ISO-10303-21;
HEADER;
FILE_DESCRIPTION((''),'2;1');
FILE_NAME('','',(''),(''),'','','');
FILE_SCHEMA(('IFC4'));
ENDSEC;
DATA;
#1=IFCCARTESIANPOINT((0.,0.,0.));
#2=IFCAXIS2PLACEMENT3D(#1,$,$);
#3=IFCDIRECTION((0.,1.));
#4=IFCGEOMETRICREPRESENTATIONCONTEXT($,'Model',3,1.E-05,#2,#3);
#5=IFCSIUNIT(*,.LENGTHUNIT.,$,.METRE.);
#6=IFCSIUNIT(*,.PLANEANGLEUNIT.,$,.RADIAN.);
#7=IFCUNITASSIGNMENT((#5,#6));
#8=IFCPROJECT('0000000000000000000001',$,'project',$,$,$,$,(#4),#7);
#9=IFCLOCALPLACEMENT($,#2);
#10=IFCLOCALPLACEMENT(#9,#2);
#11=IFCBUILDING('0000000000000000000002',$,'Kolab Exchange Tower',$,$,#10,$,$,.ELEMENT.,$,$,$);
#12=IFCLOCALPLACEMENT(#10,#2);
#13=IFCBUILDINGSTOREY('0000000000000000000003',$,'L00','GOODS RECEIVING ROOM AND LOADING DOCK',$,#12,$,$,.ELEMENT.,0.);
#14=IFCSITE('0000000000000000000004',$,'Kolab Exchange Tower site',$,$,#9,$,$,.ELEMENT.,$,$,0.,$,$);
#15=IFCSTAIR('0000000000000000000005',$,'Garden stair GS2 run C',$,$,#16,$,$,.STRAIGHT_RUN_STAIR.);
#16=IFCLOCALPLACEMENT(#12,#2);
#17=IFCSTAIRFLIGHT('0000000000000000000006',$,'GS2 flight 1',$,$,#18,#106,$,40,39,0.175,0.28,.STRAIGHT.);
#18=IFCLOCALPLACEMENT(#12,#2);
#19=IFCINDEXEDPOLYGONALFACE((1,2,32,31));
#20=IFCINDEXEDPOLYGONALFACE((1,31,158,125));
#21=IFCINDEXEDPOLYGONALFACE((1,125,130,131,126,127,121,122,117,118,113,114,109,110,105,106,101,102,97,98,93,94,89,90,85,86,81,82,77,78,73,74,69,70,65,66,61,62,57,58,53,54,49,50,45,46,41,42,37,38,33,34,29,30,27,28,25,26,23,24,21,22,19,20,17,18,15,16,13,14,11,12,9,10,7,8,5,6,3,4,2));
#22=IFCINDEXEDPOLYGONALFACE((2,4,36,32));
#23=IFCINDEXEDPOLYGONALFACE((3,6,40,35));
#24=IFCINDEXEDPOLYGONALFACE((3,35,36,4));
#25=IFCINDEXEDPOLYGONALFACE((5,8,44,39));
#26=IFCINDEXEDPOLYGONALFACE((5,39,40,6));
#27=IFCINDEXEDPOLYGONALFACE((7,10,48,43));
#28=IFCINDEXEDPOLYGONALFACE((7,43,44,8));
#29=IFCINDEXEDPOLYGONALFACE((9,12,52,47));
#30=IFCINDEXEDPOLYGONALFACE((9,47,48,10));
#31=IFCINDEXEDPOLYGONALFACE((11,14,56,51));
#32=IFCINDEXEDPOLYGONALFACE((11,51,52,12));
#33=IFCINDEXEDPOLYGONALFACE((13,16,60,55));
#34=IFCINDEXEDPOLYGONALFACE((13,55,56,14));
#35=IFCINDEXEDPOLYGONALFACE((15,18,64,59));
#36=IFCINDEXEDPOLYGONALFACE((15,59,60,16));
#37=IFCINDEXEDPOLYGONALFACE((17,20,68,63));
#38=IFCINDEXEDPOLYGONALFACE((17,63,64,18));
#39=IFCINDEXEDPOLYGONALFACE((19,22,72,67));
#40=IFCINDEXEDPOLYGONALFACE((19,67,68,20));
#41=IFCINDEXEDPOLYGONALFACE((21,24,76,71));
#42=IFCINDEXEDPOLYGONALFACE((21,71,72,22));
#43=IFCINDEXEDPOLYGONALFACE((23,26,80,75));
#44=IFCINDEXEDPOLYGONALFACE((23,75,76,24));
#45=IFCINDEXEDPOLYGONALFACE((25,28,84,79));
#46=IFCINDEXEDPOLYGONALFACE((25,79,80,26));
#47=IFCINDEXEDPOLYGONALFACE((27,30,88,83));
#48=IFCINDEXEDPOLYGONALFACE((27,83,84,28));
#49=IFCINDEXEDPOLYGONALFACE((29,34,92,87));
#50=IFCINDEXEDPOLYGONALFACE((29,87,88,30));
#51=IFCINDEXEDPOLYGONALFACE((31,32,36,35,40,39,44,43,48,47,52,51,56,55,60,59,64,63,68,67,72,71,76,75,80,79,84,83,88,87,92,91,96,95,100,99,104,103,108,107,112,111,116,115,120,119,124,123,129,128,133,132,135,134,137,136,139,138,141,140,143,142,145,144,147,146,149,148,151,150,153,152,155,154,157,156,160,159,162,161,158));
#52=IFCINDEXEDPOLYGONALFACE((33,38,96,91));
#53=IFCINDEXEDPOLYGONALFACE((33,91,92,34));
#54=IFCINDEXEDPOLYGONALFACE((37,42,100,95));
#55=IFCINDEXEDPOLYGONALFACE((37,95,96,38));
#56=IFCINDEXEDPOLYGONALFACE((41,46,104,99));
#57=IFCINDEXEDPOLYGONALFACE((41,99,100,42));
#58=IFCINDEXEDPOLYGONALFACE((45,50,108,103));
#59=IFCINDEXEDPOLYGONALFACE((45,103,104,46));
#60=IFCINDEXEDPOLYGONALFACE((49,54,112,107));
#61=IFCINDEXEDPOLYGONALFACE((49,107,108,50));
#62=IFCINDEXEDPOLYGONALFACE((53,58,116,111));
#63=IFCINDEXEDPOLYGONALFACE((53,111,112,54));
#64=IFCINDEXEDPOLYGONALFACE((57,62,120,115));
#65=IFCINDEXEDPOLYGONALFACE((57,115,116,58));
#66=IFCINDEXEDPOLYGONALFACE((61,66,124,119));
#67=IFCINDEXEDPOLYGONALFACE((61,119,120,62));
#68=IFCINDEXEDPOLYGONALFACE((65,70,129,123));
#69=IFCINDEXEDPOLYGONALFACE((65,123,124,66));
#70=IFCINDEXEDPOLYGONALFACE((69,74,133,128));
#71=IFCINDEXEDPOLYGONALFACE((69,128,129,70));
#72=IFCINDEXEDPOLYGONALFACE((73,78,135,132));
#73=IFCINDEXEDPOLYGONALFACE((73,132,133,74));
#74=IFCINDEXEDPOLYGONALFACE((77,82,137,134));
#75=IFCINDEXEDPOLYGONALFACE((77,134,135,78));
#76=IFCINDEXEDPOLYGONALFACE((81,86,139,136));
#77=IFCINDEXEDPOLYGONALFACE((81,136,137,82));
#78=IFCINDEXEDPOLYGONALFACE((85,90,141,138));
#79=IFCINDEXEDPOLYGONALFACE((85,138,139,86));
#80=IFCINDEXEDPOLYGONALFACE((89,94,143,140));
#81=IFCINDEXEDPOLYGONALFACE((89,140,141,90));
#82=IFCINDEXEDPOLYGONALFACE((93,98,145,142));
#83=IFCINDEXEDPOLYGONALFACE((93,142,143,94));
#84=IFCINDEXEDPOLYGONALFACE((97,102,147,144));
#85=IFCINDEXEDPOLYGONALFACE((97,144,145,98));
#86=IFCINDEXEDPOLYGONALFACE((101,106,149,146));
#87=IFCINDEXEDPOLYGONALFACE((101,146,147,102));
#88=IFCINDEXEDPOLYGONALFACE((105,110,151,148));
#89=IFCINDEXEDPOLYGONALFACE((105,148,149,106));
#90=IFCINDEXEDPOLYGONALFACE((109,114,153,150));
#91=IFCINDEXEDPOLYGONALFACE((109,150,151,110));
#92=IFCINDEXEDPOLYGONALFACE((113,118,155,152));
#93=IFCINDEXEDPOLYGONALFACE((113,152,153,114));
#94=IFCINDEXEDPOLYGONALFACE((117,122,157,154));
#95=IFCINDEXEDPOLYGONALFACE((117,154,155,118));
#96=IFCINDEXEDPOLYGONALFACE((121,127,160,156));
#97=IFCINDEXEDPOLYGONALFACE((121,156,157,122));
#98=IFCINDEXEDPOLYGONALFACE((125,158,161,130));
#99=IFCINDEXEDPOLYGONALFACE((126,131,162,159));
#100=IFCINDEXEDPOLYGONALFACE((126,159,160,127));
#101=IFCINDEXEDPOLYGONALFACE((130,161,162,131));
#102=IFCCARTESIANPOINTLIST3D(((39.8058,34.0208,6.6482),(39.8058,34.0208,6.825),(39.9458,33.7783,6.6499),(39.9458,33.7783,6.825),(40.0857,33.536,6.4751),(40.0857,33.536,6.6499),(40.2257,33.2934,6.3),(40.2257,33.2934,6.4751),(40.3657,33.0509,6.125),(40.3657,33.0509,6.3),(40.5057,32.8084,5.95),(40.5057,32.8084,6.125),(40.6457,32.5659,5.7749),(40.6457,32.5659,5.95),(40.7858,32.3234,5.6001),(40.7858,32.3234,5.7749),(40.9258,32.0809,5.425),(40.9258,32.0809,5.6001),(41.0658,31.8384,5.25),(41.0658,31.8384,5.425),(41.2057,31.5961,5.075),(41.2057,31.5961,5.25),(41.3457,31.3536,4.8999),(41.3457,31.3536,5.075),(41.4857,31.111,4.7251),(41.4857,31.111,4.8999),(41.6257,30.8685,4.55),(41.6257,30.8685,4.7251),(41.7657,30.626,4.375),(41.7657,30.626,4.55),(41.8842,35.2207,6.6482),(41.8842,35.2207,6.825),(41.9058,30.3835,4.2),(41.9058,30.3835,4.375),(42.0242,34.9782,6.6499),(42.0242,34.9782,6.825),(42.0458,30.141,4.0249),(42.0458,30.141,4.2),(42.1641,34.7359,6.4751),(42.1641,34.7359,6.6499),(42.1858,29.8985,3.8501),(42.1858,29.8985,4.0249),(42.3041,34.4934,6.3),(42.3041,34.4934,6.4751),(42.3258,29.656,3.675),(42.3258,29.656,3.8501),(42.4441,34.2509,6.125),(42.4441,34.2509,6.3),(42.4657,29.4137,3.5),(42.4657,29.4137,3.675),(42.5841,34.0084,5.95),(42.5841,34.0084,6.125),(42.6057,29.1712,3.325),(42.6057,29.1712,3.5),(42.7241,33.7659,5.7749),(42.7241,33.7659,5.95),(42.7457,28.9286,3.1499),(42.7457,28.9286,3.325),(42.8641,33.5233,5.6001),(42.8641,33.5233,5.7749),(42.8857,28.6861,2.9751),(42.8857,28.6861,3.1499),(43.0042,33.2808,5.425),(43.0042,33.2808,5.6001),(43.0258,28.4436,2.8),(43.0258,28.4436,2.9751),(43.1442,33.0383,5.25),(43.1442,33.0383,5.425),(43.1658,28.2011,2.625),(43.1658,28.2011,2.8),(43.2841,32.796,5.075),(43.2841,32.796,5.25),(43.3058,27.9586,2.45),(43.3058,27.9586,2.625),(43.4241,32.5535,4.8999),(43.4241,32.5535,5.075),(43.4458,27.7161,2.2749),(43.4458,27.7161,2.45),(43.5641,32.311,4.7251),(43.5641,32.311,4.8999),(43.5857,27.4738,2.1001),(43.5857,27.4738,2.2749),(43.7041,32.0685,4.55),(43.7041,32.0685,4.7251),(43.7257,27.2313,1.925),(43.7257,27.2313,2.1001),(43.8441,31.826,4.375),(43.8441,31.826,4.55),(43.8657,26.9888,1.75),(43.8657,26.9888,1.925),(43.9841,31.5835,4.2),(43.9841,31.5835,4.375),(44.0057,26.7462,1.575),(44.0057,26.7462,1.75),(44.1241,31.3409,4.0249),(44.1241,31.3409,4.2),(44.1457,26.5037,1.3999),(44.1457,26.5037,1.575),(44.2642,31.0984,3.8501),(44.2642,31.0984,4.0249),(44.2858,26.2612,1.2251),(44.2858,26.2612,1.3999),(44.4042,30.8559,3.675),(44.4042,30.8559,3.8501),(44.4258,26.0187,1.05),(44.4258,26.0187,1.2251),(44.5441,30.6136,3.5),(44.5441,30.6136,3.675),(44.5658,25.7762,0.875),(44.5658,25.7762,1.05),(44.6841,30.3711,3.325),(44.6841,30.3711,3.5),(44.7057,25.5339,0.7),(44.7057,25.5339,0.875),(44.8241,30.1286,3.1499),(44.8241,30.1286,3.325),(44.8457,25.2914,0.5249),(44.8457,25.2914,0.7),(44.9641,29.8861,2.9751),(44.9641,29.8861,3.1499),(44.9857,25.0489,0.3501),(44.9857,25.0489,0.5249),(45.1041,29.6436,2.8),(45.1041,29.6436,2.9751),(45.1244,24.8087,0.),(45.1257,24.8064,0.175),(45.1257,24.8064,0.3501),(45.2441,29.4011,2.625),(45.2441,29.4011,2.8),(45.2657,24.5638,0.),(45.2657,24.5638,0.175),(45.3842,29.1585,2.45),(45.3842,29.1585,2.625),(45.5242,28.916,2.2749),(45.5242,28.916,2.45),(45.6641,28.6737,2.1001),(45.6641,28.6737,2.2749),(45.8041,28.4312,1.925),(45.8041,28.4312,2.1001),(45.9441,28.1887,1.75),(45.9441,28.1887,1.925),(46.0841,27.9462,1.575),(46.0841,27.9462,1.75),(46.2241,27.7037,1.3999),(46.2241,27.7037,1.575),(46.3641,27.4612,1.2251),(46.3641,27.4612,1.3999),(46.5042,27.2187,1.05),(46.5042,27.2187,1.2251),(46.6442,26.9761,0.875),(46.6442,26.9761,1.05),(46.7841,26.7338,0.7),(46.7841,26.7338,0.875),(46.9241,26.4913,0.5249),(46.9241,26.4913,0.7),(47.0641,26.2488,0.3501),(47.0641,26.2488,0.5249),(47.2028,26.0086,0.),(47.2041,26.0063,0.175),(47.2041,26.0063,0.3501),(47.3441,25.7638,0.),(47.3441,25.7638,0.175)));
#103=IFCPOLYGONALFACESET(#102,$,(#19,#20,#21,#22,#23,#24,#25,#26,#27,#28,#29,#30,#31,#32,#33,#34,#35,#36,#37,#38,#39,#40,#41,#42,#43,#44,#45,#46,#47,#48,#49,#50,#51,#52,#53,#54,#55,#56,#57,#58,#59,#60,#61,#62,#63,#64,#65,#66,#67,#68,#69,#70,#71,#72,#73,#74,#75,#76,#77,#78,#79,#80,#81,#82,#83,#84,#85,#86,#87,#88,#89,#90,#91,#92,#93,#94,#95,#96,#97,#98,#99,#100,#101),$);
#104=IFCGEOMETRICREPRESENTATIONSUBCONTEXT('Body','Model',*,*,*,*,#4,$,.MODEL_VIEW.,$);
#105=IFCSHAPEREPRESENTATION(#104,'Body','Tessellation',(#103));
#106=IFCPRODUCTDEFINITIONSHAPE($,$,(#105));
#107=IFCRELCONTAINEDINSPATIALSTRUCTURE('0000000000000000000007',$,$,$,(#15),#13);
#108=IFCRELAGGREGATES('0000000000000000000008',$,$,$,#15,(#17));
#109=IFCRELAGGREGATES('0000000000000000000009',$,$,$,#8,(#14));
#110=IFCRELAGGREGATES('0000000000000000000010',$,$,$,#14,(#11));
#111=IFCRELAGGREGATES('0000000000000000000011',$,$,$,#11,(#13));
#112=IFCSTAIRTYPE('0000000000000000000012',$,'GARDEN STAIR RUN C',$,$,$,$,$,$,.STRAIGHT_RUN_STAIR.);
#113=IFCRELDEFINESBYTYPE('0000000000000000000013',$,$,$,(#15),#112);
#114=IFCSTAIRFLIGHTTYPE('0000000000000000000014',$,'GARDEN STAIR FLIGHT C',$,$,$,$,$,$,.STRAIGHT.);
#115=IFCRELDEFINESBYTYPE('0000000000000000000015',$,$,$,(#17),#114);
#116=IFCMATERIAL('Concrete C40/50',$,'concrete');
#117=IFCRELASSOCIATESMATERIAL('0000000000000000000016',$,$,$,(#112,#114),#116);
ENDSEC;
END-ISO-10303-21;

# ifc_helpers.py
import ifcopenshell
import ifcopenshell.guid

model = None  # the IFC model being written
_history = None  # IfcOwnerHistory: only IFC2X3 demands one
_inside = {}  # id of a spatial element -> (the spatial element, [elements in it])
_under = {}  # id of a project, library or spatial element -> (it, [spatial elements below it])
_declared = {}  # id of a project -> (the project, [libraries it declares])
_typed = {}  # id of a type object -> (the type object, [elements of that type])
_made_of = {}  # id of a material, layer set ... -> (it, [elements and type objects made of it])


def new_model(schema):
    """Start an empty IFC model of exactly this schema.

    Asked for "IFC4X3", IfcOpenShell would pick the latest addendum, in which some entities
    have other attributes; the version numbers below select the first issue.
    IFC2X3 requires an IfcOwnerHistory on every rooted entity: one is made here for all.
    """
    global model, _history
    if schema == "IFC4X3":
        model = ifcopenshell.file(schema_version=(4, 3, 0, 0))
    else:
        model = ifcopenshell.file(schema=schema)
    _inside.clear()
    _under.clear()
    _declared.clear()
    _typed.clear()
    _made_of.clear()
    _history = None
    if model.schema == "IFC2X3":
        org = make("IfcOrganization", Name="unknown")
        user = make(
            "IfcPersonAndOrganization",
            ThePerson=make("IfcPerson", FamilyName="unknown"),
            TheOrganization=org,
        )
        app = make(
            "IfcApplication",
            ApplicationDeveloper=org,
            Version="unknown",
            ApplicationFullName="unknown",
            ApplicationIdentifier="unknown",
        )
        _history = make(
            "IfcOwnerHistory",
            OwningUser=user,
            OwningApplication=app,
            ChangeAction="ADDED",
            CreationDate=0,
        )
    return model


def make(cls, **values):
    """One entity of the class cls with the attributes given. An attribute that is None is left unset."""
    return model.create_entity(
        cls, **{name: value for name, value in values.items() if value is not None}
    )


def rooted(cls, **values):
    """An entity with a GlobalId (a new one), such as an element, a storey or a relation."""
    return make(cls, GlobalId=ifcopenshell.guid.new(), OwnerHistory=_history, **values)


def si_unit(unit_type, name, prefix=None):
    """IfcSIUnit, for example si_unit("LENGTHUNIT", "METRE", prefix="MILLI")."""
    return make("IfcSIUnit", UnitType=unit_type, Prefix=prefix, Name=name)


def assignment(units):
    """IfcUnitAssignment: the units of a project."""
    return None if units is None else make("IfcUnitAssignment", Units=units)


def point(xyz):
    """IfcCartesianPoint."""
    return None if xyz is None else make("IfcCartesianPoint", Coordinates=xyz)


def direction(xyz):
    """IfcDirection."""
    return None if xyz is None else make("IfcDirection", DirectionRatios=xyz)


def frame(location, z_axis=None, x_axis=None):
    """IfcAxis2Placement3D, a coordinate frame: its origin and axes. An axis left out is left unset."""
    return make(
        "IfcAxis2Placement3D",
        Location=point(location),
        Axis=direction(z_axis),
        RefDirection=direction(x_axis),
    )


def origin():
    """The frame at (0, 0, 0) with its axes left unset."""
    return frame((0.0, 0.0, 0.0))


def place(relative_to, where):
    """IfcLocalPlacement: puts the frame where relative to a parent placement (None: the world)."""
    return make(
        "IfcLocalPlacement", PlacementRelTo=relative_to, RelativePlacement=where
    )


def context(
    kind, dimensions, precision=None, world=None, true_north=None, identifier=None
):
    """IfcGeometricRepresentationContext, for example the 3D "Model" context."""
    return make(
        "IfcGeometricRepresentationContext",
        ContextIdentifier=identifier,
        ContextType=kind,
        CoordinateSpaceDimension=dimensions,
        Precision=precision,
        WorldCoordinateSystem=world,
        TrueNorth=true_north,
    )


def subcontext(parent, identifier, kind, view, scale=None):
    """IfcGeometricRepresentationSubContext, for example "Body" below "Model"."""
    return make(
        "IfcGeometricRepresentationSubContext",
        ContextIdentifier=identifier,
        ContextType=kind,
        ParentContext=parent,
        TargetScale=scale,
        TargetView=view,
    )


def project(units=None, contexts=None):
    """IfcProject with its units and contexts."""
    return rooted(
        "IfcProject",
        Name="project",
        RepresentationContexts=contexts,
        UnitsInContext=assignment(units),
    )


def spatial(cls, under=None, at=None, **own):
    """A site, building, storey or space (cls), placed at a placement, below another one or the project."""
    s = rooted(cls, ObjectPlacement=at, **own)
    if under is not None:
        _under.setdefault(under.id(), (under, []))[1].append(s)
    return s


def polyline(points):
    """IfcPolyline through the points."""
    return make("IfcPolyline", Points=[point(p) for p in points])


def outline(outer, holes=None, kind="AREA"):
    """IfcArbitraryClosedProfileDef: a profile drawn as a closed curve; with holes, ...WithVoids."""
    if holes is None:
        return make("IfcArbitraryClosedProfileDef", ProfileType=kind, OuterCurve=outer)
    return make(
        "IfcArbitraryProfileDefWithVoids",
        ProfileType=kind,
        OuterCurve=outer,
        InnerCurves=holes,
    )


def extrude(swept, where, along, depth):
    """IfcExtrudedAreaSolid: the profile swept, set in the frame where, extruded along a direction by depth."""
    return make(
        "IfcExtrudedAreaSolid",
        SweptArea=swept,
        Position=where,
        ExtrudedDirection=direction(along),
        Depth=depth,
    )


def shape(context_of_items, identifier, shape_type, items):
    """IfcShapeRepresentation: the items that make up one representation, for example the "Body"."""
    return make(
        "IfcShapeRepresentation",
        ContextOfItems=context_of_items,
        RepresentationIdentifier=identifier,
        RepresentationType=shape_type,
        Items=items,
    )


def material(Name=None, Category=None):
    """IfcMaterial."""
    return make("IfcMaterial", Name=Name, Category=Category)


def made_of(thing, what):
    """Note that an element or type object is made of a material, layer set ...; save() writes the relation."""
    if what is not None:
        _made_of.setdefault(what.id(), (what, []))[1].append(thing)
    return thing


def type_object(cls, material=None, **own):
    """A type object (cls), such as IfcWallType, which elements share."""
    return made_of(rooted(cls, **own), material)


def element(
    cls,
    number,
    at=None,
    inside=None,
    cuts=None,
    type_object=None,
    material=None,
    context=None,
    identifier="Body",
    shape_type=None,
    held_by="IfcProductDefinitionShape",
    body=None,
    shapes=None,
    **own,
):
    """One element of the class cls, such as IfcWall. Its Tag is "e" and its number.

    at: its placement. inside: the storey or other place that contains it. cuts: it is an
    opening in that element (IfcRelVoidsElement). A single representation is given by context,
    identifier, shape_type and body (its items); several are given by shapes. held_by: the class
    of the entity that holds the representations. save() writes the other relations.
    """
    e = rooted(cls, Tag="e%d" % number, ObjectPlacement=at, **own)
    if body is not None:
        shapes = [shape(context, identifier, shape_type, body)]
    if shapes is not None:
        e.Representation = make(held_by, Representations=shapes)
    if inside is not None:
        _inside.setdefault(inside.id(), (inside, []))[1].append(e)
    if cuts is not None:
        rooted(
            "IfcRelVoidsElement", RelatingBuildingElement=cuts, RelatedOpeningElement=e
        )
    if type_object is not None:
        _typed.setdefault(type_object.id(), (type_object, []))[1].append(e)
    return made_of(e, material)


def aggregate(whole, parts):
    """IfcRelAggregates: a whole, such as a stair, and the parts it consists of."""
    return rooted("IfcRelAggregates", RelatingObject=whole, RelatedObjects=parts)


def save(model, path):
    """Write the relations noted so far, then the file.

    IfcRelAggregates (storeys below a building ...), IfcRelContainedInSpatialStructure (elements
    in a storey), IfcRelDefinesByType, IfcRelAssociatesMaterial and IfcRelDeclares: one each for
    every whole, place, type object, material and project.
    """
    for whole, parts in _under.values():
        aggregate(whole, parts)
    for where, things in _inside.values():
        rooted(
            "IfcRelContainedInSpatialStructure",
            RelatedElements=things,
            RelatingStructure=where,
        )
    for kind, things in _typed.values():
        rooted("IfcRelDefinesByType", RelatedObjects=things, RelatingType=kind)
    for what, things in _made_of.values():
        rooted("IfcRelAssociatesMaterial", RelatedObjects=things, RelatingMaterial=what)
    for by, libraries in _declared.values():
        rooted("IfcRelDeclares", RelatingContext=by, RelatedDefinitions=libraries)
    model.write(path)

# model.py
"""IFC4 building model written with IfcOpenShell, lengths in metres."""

from ifc_helpers import new_model, si_unit, direction, frame, origin, place, context, subcontext, project, spatial, polyline, outline, extrude, material, type_object, element, aggregate, save


model = new_model("IFC4")

# Units and contexts
model_context = context("Model", 3, precision=1e-05, world=origin(), true_north=direction((0.0, 1.0)))
body_context = subcontext(model_context, "Body", "Model", "MODEL_VIEW")
ifc_project = project(units=[si_unit("LENGTHUNIT", "METRE"), si_unit("PLANEANGLEUNIT", "RADIAN")], contexts=[model_context])

# Site, building, storey
site_placement = place(None, origin())
site = spatial("IfcSite", under=ifc_project, at=site_placement, Name="Kolab Exchange Tower site", CompositionType="ELEMENT", RefElevation=0.0)
building_placement = place(site_placement, origin())
building = spatial("IfcBuilding", under=site, at=building_placement, Name="Kolab Exchange Tower", CompositionType="ELEMENT")
storey_placement = place(building_placement, origin())
storey = spatial("IfcBuildingStorey", under=building, at=storey_placement, Name="L00", Description="GOODS RECEIVING ROOM AND LOADING DOCK", CompositionType="ELEMENT", Elevation=0.0)

# Shared definitions
ifc_material_1 = material(Name="Concrete C40/50", Category="concrete")

# Stair, stair flight
stair_type = type_object("IfcStairType", Name="GARDEN STAIR RUN C", PredefinedType="STRAIGHT_RUN_STAIR", material=ifc_material_1)
stair_placement = place(storey_placement, origin())
stair = element("IfcStair", 1, at=stair_placement, inside=storey, type_object=stair_type, Name="Garden stair GS2 run C", PredefinedType="STRAIGHT_RUN_STAIR")
stair_flight_type = type_object("IfcStairFlightType", Name="GARDEN STAIR FLIGHT C", PredefinedType="STRAIGHT", material=ifc_material_1)
stair_flight_placement = place(storey_placement, frame((46.3049, 25.1638, 0.0), z_axis=(0.0, 0.0, 1.0), x_axis=(-0.5, 0.866025, 0.0)))
stair_flight = element("IfcStairFlight", 2, at=stair_flight_placement, type_object=stair_flight_type, Name="GS2 flight 1", NumberOfRisers=40, NumberOfTreads=39, PredefinedType="STRAIGHT", RiserHeight=0.175, TreadLength=0.28, context=body_context, shape_type="SweptSolid", body=[
    extrude(outline(polyline([(0.0, 0.0), (0.0, 0.175), (0.28, 0.175), (0.28, 0.3501), (0.5601, 0.3501), (0.5601, 0.5249), (0.8401, 0.5249), (0.8401, 0.7), (1.1201, 0.7), (1.1201, 0.875), (1.3999, 0.875), (1.3999, 1.05), (1.6799, 1.05), (1.6799, 1.2251), (1.96, 1.2251), (1.96, 1.3999), (2.24, 1.3999), (2.24, 1.575), (2.52, 1.575), (2.52, 1.75), (2.8, 1.75), (2.8, 1.925), (3.0801, 1.925), (3.0801, 2.1001), (3.3601, 2.1001), (3.3601, 2.2749), (3.6399, 2.2749), (3.6399, 2.45), (3.9199, 2.45), (3.9199, 2.625), (4.2, 2.625), (4.2, 2.8), (4.48, 2.8), (4.48, 2.9751), (4.76, 2.9751), (4.76, 3.1499), (5.04, 3.1499), (5.04, 3.325), (5.3201, 3.325), (5.3201, 3.5), (5.6001, 3.5), (5.6001, 3.675), (5.8799, 3.675), (5.8799, 3.8501), (6.1599, 3.8501), (6.1599, 4.0249), (6.4399, 4.0249), (6.4399, 4.2), (6.72, 4.2), (6.72, 4.375), (7.0, 4.375), (7.0, 4.55), (7.28, 4.55), (7.28, 4.7251), (7.5601, 4.7251), (7.5601, 4.8999), (7.8401, 4.8999), (7.8401, 5.075), (8.1201, 5.075), (8.1201, 5.25), (8.3999, 5.25), (8.3999, 5.425), (8.6799, 5.425), (8.6799, 5.6001), (8.96, 5.6001), (8.96, 5.7749), (9.24, 5.7749), (9.24, 5.95), (9.52, 5.95), (9.52, 6.125), (9.8, 6.125), (9.8, 6.3), (10.0801, 6.3), (10.0801, 6.4751), (10.3601, 6.4751), (10.3601, 6.6499), (10.6399, 6.6499), (10.6399, 6.825), (10.9199, 6.825), (10.9199, 7.0), (10.9199, 6.6482), (0.2827, 0.0), (0.0, 0.0)])), frame((0.0, 1.2, 0.0), z_axis=(0.0, -1.0, 0.0), x_axis=(1.0, 0.0, 0.0)), (0.0, 0.0, 1.0), 2.3999),
])
aggregate(stair, [stair_flight])

save(model, "model.ifc")
